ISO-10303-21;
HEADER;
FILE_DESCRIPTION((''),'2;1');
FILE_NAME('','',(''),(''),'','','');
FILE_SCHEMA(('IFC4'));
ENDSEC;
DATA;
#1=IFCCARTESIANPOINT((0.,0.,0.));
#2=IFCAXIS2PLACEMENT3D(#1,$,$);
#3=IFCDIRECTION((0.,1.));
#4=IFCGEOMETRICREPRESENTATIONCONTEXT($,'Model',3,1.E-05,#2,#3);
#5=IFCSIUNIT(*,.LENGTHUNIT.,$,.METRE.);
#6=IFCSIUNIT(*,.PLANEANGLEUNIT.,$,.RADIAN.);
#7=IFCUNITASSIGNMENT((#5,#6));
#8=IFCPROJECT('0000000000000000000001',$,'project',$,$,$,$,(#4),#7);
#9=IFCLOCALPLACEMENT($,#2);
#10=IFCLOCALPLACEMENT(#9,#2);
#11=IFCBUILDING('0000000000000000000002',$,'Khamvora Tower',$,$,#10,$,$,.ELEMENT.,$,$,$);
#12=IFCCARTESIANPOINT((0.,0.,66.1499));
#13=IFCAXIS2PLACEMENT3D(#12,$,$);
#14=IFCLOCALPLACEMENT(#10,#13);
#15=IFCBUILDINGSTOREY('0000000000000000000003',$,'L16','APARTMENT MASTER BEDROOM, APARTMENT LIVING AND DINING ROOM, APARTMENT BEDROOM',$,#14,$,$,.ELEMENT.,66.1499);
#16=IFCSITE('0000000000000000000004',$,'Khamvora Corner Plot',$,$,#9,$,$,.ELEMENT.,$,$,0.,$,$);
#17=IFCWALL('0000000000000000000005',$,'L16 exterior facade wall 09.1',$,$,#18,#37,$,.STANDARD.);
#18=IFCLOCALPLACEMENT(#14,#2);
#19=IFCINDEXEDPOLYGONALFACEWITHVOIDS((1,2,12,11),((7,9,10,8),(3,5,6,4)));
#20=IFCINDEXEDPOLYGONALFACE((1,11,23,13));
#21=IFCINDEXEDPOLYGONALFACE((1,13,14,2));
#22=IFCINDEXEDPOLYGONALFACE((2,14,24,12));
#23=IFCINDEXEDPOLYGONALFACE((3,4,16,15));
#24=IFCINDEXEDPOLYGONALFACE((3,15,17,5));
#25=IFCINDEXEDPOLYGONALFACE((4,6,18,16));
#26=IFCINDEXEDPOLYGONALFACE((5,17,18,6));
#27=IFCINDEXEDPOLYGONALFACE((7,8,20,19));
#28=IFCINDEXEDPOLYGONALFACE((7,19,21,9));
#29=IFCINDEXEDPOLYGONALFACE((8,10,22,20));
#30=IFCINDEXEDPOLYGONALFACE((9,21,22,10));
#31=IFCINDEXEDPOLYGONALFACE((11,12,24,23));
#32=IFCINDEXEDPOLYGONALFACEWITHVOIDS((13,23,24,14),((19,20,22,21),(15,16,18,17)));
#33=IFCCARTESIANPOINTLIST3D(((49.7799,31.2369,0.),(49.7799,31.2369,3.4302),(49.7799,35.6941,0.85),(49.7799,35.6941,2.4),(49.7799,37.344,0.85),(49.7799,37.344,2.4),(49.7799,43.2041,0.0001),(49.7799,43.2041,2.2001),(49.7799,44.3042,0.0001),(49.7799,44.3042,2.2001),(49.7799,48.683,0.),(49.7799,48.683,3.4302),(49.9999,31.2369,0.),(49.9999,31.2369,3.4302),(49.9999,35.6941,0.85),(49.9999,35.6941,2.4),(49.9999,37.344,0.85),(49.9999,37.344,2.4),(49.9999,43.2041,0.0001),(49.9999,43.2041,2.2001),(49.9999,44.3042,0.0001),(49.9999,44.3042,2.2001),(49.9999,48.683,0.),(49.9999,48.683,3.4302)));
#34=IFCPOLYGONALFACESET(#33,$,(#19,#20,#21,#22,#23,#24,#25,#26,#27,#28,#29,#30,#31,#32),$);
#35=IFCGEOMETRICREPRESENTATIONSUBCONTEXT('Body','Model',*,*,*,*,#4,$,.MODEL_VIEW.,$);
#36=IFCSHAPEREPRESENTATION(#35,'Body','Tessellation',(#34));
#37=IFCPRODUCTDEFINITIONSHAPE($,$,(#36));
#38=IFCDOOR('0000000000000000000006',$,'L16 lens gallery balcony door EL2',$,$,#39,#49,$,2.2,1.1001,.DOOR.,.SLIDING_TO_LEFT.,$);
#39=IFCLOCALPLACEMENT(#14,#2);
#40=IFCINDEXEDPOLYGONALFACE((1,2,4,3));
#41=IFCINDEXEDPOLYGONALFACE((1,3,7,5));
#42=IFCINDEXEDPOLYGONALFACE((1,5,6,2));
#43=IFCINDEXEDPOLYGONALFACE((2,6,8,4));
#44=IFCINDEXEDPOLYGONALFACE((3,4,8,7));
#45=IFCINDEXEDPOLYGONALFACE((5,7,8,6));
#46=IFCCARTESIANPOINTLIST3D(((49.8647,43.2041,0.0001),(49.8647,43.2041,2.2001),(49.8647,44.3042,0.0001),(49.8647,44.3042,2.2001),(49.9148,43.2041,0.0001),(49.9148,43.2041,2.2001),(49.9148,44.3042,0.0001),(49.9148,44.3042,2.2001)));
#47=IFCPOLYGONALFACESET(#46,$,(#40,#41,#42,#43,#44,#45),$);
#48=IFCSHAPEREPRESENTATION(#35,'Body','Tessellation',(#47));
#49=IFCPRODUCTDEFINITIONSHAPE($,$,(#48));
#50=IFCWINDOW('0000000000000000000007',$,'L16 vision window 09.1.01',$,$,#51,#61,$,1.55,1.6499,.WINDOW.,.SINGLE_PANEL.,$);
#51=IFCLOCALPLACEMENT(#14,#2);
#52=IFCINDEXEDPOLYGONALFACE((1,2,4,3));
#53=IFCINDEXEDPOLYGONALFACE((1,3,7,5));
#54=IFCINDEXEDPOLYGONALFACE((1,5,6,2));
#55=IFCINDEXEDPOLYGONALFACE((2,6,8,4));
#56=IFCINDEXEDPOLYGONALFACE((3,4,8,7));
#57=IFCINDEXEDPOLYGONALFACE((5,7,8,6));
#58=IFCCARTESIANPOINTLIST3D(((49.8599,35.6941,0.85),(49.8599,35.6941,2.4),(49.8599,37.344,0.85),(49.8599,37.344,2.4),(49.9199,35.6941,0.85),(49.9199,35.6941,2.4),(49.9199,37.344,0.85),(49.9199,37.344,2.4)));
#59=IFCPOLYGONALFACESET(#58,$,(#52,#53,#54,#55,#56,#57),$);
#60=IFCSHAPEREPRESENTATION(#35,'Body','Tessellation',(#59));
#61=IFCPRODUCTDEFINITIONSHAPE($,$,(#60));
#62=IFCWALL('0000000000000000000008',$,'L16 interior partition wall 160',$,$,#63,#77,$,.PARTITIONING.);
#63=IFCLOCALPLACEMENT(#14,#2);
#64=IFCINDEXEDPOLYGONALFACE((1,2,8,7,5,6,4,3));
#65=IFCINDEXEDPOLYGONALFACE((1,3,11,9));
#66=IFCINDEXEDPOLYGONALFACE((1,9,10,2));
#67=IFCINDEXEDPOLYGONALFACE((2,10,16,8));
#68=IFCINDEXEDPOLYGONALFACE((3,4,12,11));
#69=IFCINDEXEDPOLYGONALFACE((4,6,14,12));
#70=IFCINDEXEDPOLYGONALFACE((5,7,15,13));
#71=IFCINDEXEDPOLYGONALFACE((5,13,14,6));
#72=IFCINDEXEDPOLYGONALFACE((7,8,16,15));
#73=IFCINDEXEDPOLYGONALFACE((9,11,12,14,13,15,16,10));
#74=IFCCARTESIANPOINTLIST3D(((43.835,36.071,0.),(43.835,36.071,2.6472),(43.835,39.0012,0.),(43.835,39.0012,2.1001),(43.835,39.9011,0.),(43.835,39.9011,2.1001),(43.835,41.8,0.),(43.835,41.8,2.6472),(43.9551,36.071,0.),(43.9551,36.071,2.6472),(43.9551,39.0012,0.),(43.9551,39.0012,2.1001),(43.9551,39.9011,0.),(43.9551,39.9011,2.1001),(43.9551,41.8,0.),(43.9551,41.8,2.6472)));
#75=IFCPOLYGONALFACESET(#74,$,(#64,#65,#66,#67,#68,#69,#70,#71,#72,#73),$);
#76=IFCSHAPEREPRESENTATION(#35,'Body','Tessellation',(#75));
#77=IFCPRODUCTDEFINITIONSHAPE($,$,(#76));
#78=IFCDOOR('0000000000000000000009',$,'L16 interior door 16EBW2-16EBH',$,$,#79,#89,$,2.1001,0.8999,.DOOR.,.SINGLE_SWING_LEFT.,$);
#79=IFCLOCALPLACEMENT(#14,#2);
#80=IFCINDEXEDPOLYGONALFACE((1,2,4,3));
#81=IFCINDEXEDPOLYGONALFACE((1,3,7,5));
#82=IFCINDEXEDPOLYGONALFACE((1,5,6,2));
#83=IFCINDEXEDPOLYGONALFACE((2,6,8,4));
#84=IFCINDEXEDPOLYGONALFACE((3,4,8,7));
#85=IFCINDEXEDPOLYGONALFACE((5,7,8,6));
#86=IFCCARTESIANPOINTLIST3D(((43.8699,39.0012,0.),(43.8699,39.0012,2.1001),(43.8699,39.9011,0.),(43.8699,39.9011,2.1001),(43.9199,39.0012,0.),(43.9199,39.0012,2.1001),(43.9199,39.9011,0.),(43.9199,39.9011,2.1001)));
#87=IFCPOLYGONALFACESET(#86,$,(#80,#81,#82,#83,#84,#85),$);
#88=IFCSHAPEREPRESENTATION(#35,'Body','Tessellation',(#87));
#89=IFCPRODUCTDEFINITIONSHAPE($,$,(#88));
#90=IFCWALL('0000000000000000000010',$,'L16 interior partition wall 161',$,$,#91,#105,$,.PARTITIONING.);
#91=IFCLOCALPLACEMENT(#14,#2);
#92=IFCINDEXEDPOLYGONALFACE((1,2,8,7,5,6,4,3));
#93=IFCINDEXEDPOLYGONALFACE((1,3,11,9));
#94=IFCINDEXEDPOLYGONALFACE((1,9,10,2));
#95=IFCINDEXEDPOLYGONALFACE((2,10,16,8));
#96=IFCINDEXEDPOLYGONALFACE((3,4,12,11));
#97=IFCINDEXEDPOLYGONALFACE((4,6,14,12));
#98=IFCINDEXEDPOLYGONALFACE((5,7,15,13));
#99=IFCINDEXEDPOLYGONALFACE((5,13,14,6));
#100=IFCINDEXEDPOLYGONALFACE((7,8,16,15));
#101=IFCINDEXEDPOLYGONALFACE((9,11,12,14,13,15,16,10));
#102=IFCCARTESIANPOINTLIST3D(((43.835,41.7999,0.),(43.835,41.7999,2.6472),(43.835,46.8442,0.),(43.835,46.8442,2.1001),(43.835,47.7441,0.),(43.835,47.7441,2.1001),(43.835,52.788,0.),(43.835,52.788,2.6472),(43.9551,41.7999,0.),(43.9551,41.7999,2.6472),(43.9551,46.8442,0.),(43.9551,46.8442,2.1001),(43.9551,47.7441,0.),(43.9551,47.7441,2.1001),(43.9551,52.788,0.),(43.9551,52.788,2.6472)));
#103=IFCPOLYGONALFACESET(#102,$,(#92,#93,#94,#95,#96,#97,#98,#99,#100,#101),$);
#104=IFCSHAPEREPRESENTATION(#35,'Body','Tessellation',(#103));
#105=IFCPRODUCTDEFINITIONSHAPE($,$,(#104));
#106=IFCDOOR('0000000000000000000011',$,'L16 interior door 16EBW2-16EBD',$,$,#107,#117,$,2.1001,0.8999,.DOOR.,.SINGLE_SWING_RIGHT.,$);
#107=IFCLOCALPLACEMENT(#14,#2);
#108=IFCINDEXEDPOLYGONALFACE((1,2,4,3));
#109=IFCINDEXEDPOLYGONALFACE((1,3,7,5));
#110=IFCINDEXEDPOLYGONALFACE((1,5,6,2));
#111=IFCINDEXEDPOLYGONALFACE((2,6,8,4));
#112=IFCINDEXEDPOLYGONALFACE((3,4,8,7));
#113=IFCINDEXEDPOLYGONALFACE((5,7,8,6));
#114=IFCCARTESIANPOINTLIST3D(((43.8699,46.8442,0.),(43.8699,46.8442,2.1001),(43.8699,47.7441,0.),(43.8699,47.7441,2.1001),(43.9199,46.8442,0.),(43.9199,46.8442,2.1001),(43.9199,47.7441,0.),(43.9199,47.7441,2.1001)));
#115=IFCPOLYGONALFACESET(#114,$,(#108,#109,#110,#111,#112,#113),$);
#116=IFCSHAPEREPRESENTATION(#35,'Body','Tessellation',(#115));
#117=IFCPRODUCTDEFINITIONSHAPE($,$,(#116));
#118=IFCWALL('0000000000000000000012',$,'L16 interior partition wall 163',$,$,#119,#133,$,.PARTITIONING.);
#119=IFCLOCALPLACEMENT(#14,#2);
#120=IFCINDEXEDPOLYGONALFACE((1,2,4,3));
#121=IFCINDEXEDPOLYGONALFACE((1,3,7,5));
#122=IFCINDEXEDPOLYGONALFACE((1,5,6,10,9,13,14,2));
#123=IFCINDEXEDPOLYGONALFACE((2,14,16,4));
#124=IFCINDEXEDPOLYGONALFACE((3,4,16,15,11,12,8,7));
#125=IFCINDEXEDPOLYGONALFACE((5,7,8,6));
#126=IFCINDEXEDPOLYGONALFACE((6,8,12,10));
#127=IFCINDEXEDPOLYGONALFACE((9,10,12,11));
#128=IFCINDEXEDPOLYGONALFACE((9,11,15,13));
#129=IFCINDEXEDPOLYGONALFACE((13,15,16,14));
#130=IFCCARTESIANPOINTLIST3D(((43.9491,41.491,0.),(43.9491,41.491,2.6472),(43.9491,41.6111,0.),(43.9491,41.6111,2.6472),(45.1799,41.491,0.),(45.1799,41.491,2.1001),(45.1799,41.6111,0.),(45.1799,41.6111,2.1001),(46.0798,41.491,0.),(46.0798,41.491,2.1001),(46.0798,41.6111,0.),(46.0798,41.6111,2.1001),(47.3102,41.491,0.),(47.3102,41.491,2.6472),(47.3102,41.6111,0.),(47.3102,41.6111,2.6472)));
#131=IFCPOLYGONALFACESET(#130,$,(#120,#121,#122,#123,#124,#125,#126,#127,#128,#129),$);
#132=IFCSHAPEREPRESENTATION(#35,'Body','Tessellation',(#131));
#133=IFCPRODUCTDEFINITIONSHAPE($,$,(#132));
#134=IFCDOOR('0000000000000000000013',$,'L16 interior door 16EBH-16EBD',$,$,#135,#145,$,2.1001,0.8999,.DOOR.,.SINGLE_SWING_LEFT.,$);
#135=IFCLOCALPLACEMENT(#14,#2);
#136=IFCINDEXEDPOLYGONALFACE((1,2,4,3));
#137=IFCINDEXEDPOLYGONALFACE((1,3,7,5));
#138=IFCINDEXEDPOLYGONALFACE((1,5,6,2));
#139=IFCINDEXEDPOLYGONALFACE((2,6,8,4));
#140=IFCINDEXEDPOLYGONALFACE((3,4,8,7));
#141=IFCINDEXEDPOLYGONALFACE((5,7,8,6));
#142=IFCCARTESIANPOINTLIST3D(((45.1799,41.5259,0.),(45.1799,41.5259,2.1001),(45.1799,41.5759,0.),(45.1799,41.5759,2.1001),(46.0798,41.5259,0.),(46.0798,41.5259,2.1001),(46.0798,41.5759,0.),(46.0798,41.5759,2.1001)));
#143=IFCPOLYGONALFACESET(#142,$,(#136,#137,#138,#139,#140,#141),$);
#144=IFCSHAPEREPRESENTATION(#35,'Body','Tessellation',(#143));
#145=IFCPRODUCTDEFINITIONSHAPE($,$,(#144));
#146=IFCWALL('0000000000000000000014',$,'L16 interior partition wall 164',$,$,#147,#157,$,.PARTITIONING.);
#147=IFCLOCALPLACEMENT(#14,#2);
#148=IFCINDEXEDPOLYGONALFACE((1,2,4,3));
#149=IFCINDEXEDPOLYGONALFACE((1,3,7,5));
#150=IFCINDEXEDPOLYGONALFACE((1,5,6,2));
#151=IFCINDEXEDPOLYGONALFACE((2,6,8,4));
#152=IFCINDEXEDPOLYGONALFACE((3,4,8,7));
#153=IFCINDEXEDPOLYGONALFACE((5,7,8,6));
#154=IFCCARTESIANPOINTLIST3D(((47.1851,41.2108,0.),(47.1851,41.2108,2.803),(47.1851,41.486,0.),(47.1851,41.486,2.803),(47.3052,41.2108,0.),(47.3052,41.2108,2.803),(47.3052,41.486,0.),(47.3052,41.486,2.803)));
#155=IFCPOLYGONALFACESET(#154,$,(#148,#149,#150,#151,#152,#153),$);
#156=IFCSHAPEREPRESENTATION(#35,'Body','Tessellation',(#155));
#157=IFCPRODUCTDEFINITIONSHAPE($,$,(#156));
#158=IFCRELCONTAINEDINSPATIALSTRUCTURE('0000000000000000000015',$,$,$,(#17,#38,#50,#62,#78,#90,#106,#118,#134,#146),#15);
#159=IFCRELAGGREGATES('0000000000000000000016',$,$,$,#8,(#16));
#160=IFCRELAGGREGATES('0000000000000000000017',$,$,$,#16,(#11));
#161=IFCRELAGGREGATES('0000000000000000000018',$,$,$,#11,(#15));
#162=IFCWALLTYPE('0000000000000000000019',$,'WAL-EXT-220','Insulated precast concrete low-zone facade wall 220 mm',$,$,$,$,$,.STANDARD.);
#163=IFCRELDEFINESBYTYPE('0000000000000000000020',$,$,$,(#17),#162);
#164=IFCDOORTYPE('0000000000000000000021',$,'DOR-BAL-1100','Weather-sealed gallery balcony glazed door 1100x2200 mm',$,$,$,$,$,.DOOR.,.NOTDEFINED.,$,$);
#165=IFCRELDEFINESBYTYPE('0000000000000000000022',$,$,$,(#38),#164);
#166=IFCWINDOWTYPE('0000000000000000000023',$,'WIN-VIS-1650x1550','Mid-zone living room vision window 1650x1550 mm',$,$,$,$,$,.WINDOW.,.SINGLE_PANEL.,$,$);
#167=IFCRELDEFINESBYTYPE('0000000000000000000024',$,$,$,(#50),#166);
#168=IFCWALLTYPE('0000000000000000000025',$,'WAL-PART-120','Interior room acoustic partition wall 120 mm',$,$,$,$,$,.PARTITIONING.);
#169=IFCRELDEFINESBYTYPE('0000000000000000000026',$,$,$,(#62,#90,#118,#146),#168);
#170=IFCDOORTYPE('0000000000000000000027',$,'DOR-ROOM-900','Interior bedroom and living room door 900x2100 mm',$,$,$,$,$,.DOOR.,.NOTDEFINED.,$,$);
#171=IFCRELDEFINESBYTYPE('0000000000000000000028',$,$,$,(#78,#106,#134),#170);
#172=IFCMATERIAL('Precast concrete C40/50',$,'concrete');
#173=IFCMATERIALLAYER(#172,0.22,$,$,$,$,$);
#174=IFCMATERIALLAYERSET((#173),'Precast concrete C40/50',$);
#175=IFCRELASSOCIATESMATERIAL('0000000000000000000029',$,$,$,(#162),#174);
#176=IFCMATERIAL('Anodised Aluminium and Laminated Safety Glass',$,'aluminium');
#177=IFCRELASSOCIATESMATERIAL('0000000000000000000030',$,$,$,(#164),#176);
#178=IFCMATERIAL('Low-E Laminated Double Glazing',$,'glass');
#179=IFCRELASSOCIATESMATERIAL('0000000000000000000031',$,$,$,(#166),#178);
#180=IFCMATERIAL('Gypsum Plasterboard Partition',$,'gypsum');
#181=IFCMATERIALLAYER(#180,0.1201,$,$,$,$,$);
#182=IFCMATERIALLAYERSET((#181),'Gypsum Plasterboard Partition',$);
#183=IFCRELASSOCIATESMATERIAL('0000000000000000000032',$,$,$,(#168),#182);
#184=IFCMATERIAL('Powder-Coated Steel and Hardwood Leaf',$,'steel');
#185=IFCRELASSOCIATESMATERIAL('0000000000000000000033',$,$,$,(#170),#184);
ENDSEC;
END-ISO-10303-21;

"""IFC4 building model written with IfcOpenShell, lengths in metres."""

from ifc_helpers import new_model, si_unit, direction, frame, frame_2d, origin, place, context, subcontext, project, spatial, rectangle, extrude, material, layer, layer_set, type_object, element, fill, save


model = new_model("IFC4")

# Units and contexts
model_context = context("Model", 3, precision=1e-05, world=origin(), true_north=direction((0.0, 1.0)))
body_context = subcontext(model_context, "Body", "Model", "MODEL_VIEW")
ifc_project = project(units=[si_unit("LENGTHUNIT", "METRE"), si_unit("PLANEANGLEUNIT", "RADIAN")], contexts=[model_context])

# Site, building, storey
site_placement = place(None, origin())
site = spatial("IfcSite", under=ifc_project, at=site_placement, Name="Khamvora Corner Plot", CompositionType="ELEMENT", RefElevation=0.0)
building_placement = place(site_placement, origin())
building = spatial("IfcBuilding", under=site, at=building_placement, Name="Khamvora Tower", CompositionType="ELEMENT")
storey_placement = place(building_placement, frame((0.0, 0.0, 66.1499)))
storey = spatial("IfcBuildingStorey", under=building, at=storey_placement, Name="L16", Description="APARTMENT MASTER BEDROOM, APARTMENT LIVING AND DINING ROOM, APARTMENT BEDROOM", CompositionType="ELEMENT", Elevation=66.1499)

# Shared definitions
ifc_material_1 = material(Name="Precast concrete C40/50", Category="concrete")
ifc_layer_1 = layer(ifc_material_1, 0.22)
ifc_layer_set_1 = layer_set([ifc_layer_1], Name="Precast concrete C40/50")
wall_type_1 = type_object("IfcWallType", Name="WAL-EXT-220", Description="Insulated precast concrete low-zone facade wall 220 mm", PredefinedType="STANDARD", material=ifc_layer_set_1)

# Wall, openings, door, window
wall_1_placement = place(storey_placement, frame((49.8899, 48.6831, 0.0), z_axis=(0.0, 0.0, 1.0), x_axis=(0.0, -1.0, 0.0)))
wall_1 = element("IfcWall", 1, at=wall_1_placement, inside=storey, type_object=wall_type_1, Name="L16 exterior facade wall 09.1", PredefinedType="STANDARD", context=body_context, shape_type="SweptSolid", body=[
    extrude(rectangle(XDim=17.446, YDim=0.22, at=frame_2d((8.7231, 0.0))), origin(), (0.0, 0.0, 1.0), 3.4302),
])
opening_1_placement = place(wall_1_placement, frame((4.3789, 0.0, 0.0)))
opening_1 = element("IfcOpeningElement", 2, at=opening_1_placement, cuts=wall_1, PredefinedType="OPENING", context=body_context, shape_type="SweptSolid", body=[
    extrude(rectangle(XDim=1.1001, YDim=2.2, at=frame_2d((0.55, 1.1001))), frame((0.0, 0.1199, 0.0), z_axis=(0.0, -1.0, 0.0), x_axis=(1.0, 0.0, 0.0)), (0.0, 0.0, 1.0), 0.24),
])
opening_2_placement = place(wall_1_placement, frame((11.3391, 0.0, 0.8501)))
opening_2 = element("IfcOpeningElement", 3, at=opening_2_placement, cuts=wall_1, PredefinedType="OPENING", context=body_context, shape_type="SweptSolid", body=[
    extrude(rectangle(XDim=1.6499, YDim=1.55, at=frame_2d((0.825, 0.7749))), frame((0.0, 0.1199, 0.0), z_axis=(0.0, -1.0, 0.0), x_axis=(1.0, 0.0, 0.0)), (0.0, 0.0, 1.0), 0.24),
])
ifc_material_2 = material(Name="Anodised Aluminium and Laminated Safety Glass", Category="aluminium")
door_type_1 = type_object("IfcDoorType", Name="DOR-BAL-1100", Description="Weather-sealed gallery balcony glazed door 1100x2200 mm", OperationType="NOTDEFINED", PredefinedType="DOOR", material=ifc_material_2)
door_1_placement = place(opening_1_placement, origin())
door_1 = element("IfcDoor", 4, at=door_1_placement, inside=storey, type_object=door_type_1, Name="L16 lens gallery balcony door EL2", OperationType="SLIDING_TO_LEFT", OverallHeight=2.2, OverallWidth=1.1001, PredefinedType="DOOR", context=body_context, shape_type="SweptSolid", body=[
    extrude(rectangle(XDim=1.1001, YDim=2.2, at=frame_2d((0.55, 1.1001))), frame((0.0, 0.0249, 0.0), z_axis=(0.0, -1.0, 0.0), x_axis=(1.0, 0.0, 0.0)), (0.0, 0.0, 1.0), 0.05),
])
fill(opening_1, door_1)
ifc_material_3 = material(Name="Low-E Laminated Double Glazing", Category="glass")
window_type = type_object("IfcWindowType", Name="WIN-VIS-1650x1550", Description="Mid-zone living room vision window 1650x1550 mm", PartitioningType="SINGLE_PANEL", PredefinedType="WINDOW", material=ifc_material_3)
window_placement = place(opening_2_placement, origin())
window = element("IfcWindow", 5, at=window_placement, inside=storey, type_object=window_type, Name="L16 vision window 09.1.01", OverallHeight=1.55, OverallWidth=1.6499, PartitioningType="SINGLE_PANEL", PredefinedType="WINDOW", context=body_context, shape_type="SweptSolid", body=[
    extrude(rectangle(XDim=1.6499, YDim=1.55, at=frame_2d((0.825, 0.7749))), frame((0.0, 0.03, 0.0), z_axis=(0.0, -1.0, 0.0), x_axis=(1.0, 0.0, 0.0)), (0.0, 0.0, 1.0), 0.0601),
])
fill(opening_2, window)

# Walls, openings, doors
ifc_material_4 = material(Name="Gypsum Plasterboard Partition", Category="gypsum")
ifc_layer_2 = layer(ifc_material_4, 0.1201)
ifc_layer_set_2 = layer_set([ifc_layer_2], Name="Gypsum Plasterboard Partition")
wall_type_2 = type_object("IfcWallType", Name="WAL-PART-120", Description="Interior room acoustic partition wall 120 mm", PredefinedType="PARTITIONING", material=ifc_layer_set_2)
wall_2_placement = place(storey_placement, frame((43.895, 41.8, 0.0), z_axis=(0.0, 0.0, 1.0), x_axis=(0.0, -1.0, 0.0)))
wall_2 = element("IfcWall", 6, at=wall_2_placement, inside=storey, type_object=wall_type_2, Name="L16 interior partition wall 160", PredefinedType="PARTITIONING", context=body_context, shape_type="SweptSolid", body=[
    extrude(rectangle(XDim=5.729, YDim=0.1201, at=frame_2d((2.8645, 0.0))), origin(), (0.0, 0.0, 1.0), 2.6472),
])
opening_3_placement = place(wall_2_placement, frame((1.8989, 0.0, 0.0)))
opening_3 = element("IfcOpeningElement", 7, at=opening_3_placement, cuts=wall_2, PredefinedType="OPENING", context=body_context, shape_type="SweptSolid", body=[
    extrude(rectangle(XDim=0.8999, YDim=2.1001, at=frame_2d((0.45, 1.05))), frame((0.0, 0.0701, 0.0), z_axis=(0.0, -1.0, 0.0), x_axis=(1.0, 0.0, 0.0)), (0.0, 0.0, 1.0), 0.1401),
])
ifc_material_5 = material(Name="Powder-Coated Steel and Hardwood Leaf", Category="steel")
door_type_2 = type_object("IfcDoorType", Name="DOR-ROOM-900", Description="Interior bedroom and living room door 900x2100 mm", OperationType="NOTDEFINED", PredefinedType="DOOR", material=ifc_material_5)
door_2_placement = place(opening_3_placement, origin())
door_2 = element("IfcDoor", 8, at=door_2_placement, inside=storey, type_object=door_type_2, Name="L16 interior door 16EBW2-16EBH", OperationType="SINGLE_SWING_LEFT", OverallHeight=2.1001, OverallWidth=0.8999, PredefinedType="DOOR", context=body_context, shape_type="SweptSolid", body=[
    extrude(rectangle(XDim=0.8999, YDim=2.1001, at=frame_2d((0.45, 1.05))), frame((0.0, 0.0249, 0.0), z_axis=(0.0, -1.0, 0.0), x_axis=(1.0, 0.0, 0.0)), (0.0, 0.0, 1.0), 0.05),
])
fill(opening_3, door_2)
wall_3_placement = place(storey_placement, frame((43.895, 52.7881, 0.0), z_axis=(0.0, 0.0, 1.0), x_axis=(0.0, -1.0, 0.0)))
wall_3 = element("IfcWall", 9, at=wall_3_placement, inside=storey, type_object=wall_type_2, Name="L16 interior partition wall 161", PredefinedType="PARTITIONING", context=body_context, shape_type="SweptSolid", body=[
    extrude(rectangle(XDim=10.988, YDim=0.1201, at=frame_2d((5.4941, 0.0))), origin(), (0.0, 0.0, 1.0), 2.6472),
])
opening_4_placement = place(wall_3_placement, frame((5.0439, 0.0, 0.0)))
opening_4 = element("IfcOpeningElement", 10, at=opening_4_placement, cuts=wall_3, PredefinedType="OPENING", context=body_context, shape_type="SweptSolid", body=[
    extrude(rectangle(XDim=0.8999, YDim=2.1001, at=frame_2d((0.45, 1.05))), frame((0.0, 0.0701, 0.0), z_axis=(0.0, -1.0, 0.0), x_axis=(1.0, 0.0, 0.0)), (0.0, 0.0, 1.0), 0.1401),
])
door_3_placement = place(opening_4_placement, origin())
door_3 = element("IfcDoor", 11, at=door_3_placement, inside=storey, type_object=door_type_2, Name="L16 interior door 16EBW2-16EBD", OperationType="SINGLE_SWING_RIGHT", OverallHeight=2.1001, OverallWidth=0.8999, PredefinedType="DOOR", context=body_context, shape_type="SweptSolid", body=[
    extrude(rectangle(XDim=0.8999, YDim=2.1001, at=frame_2d((0.45, 1.05))), frame((0.0, 0.0249, 0.0), z_axis=(0.0, -1.0, 0.0), x_axis=(1.0, 0.0, 0.0)), (0.0, 0.0, 1.0), 0.05),
])
fill(opening_4, door_3)
wall_4_placement = place(storey_placement, frame((43.949, 41.551, 0.0), z_axis=(0.0, 0.0, 1.0), x_axis=(1.0, 0.0, 0.0)))
wall_4 = element("IfcWall", 12, at=wall_4_placement, inside=storey, type_object=wall_type_2, Name="L16 interior partition wall 163", PredefinedType="PARTITIONING", context=body_context, shape_type="SweptSolid", body=[
    extrude(rectangle(XDim=3.3611, YDim=0.1201, at=frame_2d((1.6807, 0.0))), origin(), (0.0, 0.0, 1.0), 2.6472),
])
opening_5_placement = place(wall_4_placement, frame((1.231, 0.0, 0.0)))
opening_5 = element("IfcOpeningElement", 13, at=opening_5_placement, cuts=wall_4, PredefinedType="OPENING", context=body_context, shape_type="SweptSolid", body=[
    extrude(rectangle(XDim=0.8999, YDim=2.1001, at=frame_2d((0.45, 1.05))), frame((0.0, 0.0701, 0.0), z_axis=(0.0, -1.0, 0.0), x_axis=(1.0, 0.0, 0.0)), (0.0, 0.0, 1.0), 0.1401),
])
door_4_placement = place(opening_5_placement, origin())
door_4 = element("IfcDoor", 14, at=door_4_placement, inside=storey, type_object=door_type_2, Name="L16 interior door 16EBH-16EBD", OperationType="SINGLE_SWING_LEFT", OverallHeight=2.1001, OverallWidth=0.8999, PredefinedType="DOOR", context=body_context, shape_type="SweptSolid", body=[
    extrude(rectangle(XDim=0.8999, YDim=2.1001, at=frame_2d((0.45, 1.05))), frame((0.0, 0.0249, 0.0), z_axis=(0.0, -1.0, 0.0), x_axis=(1.0, 0.0, 0.0)), (0.0, 0.0, 1.0), 0.05),
])
fill(opening_5, door_4)

# Wall
wall_5_placement = place(storey_placement, frame((47.2451, 41.4861, 0.0), z_axis=(0.0, 0.0, 1.0), x_axis=(0.0, -1.0, 0.0)))
element("IfcWall", 15, at=wall_5_placement, inside=storey, type_object=wall_type_2, Name="L16 interior partition wall 164", PredefinedType="PARTITIONING", context=body_context, shape_type="SweptSolid", body=[
    extrude(rectangle(XDim=0.2751, YDim=0.1201, at=frame_2d((0.1377, 0.0))), origin(), (0.0, 0.0, 1.0), 2.803),
])

save(model, "model.ifc")
